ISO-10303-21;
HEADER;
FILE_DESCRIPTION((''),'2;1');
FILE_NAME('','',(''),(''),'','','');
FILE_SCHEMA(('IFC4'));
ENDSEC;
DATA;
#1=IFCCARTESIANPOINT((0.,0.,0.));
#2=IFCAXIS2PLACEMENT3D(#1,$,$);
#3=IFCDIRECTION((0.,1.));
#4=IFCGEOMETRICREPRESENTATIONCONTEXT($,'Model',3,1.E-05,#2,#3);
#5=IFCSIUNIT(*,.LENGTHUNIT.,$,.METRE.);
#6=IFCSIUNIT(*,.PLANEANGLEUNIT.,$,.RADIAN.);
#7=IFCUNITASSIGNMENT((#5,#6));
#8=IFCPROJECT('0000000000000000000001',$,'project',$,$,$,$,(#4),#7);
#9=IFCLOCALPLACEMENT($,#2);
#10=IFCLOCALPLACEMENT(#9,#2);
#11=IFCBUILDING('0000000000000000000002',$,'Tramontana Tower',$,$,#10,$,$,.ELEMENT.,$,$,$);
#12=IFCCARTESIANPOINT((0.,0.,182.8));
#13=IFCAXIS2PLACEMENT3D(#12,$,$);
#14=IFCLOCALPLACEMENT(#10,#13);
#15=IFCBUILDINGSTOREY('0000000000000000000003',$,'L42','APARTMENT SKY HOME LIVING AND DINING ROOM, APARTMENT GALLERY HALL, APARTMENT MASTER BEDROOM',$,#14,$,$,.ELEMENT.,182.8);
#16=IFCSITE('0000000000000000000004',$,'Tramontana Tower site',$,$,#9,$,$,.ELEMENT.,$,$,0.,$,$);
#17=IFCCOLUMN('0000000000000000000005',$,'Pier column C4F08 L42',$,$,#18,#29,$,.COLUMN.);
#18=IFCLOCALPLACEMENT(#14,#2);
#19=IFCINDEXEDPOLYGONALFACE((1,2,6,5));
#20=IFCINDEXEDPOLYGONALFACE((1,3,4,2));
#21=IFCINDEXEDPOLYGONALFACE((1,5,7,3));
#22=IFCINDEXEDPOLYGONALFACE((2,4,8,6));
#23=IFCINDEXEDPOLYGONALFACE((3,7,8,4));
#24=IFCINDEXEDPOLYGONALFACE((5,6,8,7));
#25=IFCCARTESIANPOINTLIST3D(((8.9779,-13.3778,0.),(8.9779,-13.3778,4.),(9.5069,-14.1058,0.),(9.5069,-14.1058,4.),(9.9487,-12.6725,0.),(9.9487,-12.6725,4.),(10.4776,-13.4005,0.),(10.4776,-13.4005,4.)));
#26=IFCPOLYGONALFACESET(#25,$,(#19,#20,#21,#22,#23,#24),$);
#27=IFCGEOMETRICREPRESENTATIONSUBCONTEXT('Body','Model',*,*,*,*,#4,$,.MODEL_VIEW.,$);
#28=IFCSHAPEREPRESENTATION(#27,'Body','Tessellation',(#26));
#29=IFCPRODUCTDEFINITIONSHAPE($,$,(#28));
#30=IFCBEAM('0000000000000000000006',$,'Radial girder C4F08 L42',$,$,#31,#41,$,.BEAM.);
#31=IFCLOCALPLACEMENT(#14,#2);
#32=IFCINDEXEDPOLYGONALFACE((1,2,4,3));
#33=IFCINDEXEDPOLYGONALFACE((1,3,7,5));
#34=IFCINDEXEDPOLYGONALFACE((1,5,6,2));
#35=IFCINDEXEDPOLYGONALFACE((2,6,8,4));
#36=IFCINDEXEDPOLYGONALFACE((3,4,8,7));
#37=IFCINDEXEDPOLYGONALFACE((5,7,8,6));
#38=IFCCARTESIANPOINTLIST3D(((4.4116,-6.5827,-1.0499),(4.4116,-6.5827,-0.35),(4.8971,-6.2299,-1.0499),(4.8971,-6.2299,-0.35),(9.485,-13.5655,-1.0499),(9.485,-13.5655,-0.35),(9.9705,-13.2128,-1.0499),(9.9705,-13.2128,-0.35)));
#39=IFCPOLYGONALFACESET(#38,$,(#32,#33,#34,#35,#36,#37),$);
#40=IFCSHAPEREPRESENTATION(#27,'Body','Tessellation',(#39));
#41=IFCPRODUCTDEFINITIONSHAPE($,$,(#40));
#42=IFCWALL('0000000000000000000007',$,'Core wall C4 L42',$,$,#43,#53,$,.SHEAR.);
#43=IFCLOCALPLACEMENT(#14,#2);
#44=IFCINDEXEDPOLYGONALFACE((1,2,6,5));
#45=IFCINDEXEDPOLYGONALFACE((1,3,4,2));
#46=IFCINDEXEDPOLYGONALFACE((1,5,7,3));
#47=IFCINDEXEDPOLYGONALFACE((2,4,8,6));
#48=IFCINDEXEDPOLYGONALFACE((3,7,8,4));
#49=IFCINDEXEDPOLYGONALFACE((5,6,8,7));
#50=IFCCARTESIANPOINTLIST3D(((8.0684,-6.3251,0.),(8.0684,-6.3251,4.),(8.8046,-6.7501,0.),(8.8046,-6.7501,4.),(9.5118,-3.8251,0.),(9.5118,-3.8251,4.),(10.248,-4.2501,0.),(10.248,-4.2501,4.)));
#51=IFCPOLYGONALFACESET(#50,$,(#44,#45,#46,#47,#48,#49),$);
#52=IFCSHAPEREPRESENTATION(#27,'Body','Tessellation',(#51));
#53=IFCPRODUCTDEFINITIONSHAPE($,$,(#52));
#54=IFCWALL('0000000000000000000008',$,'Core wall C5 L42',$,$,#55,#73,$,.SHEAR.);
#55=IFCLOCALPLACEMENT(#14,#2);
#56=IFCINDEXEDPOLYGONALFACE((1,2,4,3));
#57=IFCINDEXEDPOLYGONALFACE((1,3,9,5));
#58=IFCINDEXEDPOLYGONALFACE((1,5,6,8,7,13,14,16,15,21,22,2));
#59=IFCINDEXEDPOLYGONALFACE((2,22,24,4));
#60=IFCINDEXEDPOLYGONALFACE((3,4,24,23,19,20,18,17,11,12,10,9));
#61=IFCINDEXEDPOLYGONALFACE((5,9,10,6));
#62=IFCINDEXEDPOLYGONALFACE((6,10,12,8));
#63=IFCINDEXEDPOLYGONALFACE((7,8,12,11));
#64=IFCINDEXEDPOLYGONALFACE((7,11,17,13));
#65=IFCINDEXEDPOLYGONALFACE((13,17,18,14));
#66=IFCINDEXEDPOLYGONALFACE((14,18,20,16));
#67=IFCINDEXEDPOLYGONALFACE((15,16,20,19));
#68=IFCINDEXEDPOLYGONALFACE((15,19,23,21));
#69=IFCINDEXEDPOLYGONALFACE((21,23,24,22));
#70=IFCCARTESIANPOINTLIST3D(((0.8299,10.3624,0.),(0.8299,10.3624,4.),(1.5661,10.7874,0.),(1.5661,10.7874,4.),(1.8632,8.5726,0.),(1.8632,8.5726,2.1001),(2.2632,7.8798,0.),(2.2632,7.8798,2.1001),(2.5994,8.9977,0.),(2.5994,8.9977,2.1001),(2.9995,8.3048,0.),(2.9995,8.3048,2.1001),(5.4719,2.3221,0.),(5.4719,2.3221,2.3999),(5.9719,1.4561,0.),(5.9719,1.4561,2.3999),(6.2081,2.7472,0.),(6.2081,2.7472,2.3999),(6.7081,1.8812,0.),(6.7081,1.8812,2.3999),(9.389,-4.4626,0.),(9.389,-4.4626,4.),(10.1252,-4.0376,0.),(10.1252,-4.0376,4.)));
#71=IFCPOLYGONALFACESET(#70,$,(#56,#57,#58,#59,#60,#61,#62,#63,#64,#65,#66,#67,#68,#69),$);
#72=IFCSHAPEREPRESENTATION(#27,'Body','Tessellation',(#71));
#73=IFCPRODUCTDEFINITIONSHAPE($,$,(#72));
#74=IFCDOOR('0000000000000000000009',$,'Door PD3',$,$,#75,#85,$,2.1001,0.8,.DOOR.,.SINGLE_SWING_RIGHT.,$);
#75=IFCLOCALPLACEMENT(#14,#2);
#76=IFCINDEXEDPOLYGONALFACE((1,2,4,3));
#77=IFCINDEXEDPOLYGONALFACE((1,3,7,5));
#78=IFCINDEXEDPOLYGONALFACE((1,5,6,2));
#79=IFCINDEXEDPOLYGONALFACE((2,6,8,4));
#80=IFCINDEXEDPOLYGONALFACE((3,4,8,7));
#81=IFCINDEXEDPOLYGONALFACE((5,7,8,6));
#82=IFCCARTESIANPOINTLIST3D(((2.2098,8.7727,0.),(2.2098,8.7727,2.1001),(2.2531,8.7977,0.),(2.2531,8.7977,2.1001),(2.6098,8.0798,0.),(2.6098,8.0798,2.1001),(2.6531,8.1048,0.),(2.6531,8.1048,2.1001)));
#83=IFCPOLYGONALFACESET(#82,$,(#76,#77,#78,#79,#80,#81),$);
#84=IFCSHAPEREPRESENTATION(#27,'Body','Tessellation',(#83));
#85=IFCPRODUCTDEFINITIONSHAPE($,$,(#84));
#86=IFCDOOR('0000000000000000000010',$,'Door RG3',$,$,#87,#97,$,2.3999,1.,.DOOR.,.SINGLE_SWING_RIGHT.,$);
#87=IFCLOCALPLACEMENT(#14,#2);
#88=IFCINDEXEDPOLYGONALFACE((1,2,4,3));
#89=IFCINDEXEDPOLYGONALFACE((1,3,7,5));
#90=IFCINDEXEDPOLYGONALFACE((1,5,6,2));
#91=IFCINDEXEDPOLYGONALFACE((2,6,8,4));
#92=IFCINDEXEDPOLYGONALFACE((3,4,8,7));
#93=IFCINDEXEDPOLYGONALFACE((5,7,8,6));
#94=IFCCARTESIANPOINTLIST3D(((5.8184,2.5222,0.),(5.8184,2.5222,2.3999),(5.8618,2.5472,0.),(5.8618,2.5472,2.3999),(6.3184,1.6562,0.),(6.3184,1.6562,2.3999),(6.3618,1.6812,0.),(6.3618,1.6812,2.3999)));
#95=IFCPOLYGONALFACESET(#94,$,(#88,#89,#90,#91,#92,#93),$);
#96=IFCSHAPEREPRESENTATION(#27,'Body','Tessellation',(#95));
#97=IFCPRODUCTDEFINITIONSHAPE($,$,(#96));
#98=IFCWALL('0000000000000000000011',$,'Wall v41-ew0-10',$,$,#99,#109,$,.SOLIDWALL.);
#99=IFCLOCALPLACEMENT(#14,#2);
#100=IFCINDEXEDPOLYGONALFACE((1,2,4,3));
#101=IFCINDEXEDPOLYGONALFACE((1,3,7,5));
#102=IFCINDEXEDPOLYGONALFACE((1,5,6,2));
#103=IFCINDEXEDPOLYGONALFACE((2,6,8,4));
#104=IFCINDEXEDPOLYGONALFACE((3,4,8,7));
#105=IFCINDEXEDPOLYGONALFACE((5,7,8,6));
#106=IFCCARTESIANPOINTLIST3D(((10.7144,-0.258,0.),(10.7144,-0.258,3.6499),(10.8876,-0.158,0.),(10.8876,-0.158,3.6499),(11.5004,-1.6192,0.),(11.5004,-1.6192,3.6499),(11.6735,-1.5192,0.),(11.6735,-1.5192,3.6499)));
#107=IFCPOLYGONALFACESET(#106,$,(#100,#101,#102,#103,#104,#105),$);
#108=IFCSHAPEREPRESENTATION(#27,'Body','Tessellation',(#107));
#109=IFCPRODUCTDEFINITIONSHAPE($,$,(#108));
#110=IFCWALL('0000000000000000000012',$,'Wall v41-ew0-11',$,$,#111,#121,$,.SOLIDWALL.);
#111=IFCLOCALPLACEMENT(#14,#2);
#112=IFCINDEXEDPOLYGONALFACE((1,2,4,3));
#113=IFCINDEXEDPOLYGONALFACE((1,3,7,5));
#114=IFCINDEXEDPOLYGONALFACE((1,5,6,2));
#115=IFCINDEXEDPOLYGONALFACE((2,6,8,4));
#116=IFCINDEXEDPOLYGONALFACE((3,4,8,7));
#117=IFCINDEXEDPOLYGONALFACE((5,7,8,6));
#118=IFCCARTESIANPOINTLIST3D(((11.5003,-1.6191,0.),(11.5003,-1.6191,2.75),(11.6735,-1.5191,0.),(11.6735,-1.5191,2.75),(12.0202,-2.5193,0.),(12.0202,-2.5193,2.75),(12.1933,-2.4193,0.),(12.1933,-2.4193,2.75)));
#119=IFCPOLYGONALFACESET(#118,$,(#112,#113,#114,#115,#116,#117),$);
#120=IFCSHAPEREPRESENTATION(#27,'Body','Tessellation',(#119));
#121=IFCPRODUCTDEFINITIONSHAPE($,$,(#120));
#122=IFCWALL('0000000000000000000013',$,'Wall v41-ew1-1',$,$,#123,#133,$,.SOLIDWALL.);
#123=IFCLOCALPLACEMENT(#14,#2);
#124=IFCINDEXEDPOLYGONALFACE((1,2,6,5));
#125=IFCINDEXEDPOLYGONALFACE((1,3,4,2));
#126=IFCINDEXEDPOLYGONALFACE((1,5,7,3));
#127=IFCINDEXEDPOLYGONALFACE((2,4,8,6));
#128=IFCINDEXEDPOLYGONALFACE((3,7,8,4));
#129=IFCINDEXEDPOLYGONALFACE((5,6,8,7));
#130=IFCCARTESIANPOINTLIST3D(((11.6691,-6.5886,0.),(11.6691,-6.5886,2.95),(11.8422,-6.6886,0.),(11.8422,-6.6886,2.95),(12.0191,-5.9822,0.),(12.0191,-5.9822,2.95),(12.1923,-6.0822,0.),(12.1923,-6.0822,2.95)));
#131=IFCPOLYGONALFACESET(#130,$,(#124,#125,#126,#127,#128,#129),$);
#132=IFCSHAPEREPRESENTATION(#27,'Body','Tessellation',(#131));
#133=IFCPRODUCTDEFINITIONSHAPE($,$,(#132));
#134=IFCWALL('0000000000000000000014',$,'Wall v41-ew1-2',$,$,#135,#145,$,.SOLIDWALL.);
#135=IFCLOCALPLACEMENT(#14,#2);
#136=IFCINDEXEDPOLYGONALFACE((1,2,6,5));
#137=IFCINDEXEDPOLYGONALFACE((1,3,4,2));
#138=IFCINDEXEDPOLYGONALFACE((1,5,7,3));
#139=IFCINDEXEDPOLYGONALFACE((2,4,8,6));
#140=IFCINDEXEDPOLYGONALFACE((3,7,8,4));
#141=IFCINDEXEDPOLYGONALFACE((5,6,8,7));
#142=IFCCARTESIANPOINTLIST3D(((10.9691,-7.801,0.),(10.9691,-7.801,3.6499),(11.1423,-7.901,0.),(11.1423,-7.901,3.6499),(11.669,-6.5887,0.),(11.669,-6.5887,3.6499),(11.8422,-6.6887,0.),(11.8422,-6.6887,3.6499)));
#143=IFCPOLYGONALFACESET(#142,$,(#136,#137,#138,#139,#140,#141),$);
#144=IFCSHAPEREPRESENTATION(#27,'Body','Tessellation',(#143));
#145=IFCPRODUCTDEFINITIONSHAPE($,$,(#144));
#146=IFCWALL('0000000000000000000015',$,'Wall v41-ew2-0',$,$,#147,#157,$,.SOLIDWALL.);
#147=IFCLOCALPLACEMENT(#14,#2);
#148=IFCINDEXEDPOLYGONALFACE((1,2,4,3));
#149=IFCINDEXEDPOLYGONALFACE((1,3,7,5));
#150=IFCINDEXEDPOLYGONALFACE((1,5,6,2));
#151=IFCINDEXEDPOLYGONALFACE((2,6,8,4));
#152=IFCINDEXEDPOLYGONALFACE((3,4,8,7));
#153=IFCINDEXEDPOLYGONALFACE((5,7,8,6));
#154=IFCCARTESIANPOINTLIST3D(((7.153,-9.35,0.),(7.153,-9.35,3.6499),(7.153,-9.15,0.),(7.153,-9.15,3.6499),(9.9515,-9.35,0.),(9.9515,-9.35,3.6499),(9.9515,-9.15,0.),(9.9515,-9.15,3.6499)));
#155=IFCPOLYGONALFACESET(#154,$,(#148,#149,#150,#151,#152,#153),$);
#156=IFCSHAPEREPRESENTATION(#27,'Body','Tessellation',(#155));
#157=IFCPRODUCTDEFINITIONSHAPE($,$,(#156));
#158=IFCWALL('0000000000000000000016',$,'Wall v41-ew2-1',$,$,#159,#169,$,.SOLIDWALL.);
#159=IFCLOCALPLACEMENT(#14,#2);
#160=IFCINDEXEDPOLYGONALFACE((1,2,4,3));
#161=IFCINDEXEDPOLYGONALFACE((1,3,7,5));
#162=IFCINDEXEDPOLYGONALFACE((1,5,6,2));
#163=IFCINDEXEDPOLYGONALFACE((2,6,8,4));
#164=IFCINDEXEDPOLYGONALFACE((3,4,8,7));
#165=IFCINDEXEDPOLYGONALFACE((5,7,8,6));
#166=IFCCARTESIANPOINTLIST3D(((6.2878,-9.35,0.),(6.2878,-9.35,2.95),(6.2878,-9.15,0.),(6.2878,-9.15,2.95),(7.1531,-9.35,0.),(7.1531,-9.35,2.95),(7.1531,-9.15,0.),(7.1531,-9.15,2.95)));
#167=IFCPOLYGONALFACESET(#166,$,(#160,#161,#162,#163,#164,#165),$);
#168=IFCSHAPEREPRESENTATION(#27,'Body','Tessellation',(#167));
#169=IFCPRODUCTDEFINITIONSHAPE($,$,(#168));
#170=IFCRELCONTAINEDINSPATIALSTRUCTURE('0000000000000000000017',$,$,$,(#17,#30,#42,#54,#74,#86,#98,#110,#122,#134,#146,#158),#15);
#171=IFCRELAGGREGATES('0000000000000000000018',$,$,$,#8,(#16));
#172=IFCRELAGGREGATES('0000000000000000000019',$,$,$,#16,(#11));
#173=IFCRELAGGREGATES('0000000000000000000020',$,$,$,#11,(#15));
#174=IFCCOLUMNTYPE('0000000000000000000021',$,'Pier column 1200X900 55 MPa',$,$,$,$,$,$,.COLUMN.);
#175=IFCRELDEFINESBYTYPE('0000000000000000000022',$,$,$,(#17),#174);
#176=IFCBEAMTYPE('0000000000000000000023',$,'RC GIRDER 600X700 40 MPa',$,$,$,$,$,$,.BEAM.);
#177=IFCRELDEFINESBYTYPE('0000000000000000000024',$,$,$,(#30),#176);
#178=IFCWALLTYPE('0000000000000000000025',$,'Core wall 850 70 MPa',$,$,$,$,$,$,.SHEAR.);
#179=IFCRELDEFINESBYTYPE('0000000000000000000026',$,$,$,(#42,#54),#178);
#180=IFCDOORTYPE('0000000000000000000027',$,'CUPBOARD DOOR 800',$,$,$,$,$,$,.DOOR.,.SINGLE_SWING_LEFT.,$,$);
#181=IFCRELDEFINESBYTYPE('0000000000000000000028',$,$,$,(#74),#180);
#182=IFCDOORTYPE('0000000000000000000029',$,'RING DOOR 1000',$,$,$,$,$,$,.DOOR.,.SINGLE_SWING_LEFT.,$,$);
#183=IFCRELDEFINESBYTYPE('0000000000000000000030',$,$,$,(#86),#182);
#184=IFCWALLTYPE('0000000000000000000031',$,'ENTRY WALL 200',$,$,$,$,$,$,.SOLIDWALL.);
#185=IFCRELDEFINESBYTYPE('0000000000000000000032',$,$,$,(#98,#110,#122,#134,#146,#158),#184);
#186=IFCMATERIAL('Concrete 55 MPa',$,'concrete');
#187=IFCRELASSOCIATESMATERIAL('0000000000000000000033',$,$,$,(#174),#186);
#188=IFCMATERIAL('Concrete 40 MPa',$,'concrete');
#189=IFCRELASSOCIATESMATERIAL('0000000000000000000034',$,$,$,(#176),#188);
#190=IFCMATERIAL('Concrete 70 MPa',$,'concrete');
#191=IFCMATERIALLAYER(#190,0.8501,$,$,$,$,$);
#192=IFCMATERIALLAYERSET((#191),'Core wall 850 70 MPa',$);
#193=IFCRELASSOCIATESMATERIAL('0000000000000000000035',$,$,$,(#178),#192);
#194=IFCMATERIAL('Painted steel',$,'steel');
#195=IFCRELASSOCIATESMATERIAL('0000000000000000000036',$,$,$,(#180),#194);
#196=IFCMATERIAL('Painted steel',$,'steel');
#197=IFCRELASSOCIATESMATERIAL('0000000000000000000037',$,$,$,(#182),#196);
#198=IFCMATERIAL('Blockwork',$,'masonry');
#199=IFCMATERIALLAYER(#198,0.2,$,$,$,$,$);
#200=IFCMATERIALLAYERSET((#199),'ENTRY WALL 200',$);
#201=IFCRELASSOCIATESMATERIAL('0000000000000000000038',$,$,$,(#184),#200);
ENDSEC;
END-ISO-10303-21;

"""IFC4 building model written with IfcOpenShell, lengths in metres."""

from ifc_helpers import new_model, si_unit, direction, frame, frame_2d, origin, origin_2d, place, context, subcontext, project, spatial, rectangle, extrude, material, layer, layer_set, material_profile, profile_set, type_object, element, fill, save


model = new_model("IFC4")

# Units and contexts
model_context = context("Model", 3, precision=1e-05, world=origin(), true_north=direction((0.0, 1.0)))
body_context = subcontext(model_context, "Body", "Model", "MODEL_VIEW")
ifc_project = project(units=[si_unit("LENGTHUNIT", "METRE"), si_unit("PLANEANGLEUNIT", "RADIAN")], contexts=[model_context])

# Site, building, storey
site_placement = place(None, origin())
site = spatial("IfcSite", under=ifc_project, at=site_placement, Name="Tramontana Tower site", CompositionType="ELEMENT", RefElevation=0.0)
building_placement = place(site_placement, origin())
building = spatial("IfcBuilding", under=site, at=building_placement, Name="Tramontana Tower", CompositionType="ELEMENT")
storey_placement = place(building_placement, frame((0.0, 0.0, 182.8)))
storey = spatial("IfcBuildingStorey", under=building, at=storey_placement, Name="L42", Description="APARTMENT SKY HOME LIVING AND DINING ROOM, APARTMENT GALLERY HALL, APARTMENT MASTER BEDROOM", CompositionType="ELEMENT", Elevation=182.8)

# Column
ifc_material_1 = material(Name="Concrete 55 MPa", Category="concrete")
ifc_material_profile_1 = material_profile(ifc_material_1, rectangle(XDim=1.2, YDim=0.8999, at=origin_2d()), Name="Pier column 1200X900 55 MPa")
ifc_profile_set_1 = profile_set([ifc_material_profile_1], Name="Concrete 55 MPa")
column_type = type_object("IfcColumnType", Name="Pier column 1200X900 55 MPa", PredefinedType="COLUMN", material=ifc_profile_set_1)
column_placement = place(storey_placement, frame((9.7278, -13.3892, 0.0), z_axis=(0.0, 0.0, 1.0), x_axis=(0.809017, 0.587785, 0.0)))
element("IfcColumn", 1, at=column_placement, inside=storey, type_object=column_type, Name="Pier column C4F08 L42", PredefinedType="COLUMN", context=body_context, shape_type="SweptSolid", body=[
    extrude(rectangle(XDim=1.2, YDim=0.8999, at=origin_2d()), origin(), (0.0, 0.0, 1.0), 4.0),
])

# Beam
ifc_material_2 = material(Name="Concrete 40 MPa", Category="concrete")
ifc_material_profile_2 = material_profile(ifc_material_2, rectangle(XDim=0.6001, YDim=0.7, at=origin_2d()), Name="RC GIRDER 600X700 40 MPa")
ifc_profile_set_2 = profile_set([ifc_material_profile_2], Name="Concrete 40 MPa")
beam_type = type_object("IfcBeamType", Name="RC GIRDER 600X700 40 MPa", PredefinedType="BEAM", material=ifc_profile_set_2)
beam_placement = place(storey_placement, frame((9.7278, -13.3892, -0.7), z_axis=(-0.587793, 0.809011, 0.0), x_axis=(-0.809011, -0.587793, 0.0)))
element("IfcBeam", 2, at=beam_placement, inside=storey, type_object=beam_type, Name="Radial girder C4F08 L42", PredefinedType="BEAM", context=body_context, shape_type="SweptSolid", body=[
    extrude(rectangle(XDim=0.6001, YDim=0.7, at=origin_2d()), origin(), (0.0, 0.0, 1.0), 8.6313),
])

# Wall
ifc_material_3 = material(Name="Concrete 70 MPa", Category="concrete")
ifc_layer_1 = layer(ifc_material_3, 0.8501)
ifc_layer_set_1 = layer_set([ifc_layer_1], Name="Core wall 850 70 MPa")
wall_type_1 = type_object("IfcWallType", Name="Core wall 850 70 MPa", PredefinedType="SHEAR", material=ifc_layer_set_1)
wall_1_placement = place(storey_placement, frame((8.4365, -6.5376, 0.0), z_axis=(0.0, 0.0, 1.0), x_axis=(0.499996, 0.866028, 0.0)))
element("IfcWall", 3, at=wall_1_placement, inside=storey, type_object=wall_type_1, Name="Core wall C4 L42", PredefinedType="SHEAR", context=body_context, shape_type="SweptSolid", body=[
    extrude(rectangle(XDim=2.8867, YDim=0.8501, at=frame_2d((1.4434, 0.0))), origin(), (0.0, 0.0, 1.0), 4.0),
])

# Wall, openings, doors
wall_2_placement = place(storey_placement, frame((9.7571, -4.25, 0.0), z_axis=(0.0, 0.0, 1.0), x_axis=(-0.499995, 0.866028, 0.0)))
wall_2 = element("IfcWall", 4, at=wall_2_placement, inside=storey, type_object=wall_type_1, Name="Core wall C5 L42", PredefinedType="SHEAR", context=body_context, shape_type="SweptSolid", body=[
    extrude(rectangle(XDim=17.1184, YDim=0.8501, at=frame_2d((8.5591, 0.0))), origin(), (0.0, 0.0, 1.0), 4.0),
])
opening_1_placement = place(wall_2_placement, frame((6.8342, 0.0, 0.0)))
opening_1 = element("IfcOpeningElement", 5, at=opening_1_placement, cuts=wall_2, PredefinedType="OPENING", context=body_context, shape_type="SweptSolid", body=[
    extrude(rectangle(XDim=1.0, YDim=2.3999, at=frame_2d((0.5, 1.2))), frame((0.0, 0.4351, 0.0), z_axis=(0.0, -1.0, 0.0), x_axis=(1.0, 0.0, 0.0)), (0.0, 0.0, 1.0), 0.8701),
])
opening_2_placement = place(wall_2_placement, frame((14.2517, 0.0, 0.0)))
opening_2 = element("IfcOpeningElement", 6, at=opening_2_placement, cuts=wall_2, PredefinedType="OPENING", context=body_context, shape_type="SweptSolid", body=[
    extrude(rectangle(XDim=0.8, YDim=2.1001, at=frame_2d((0.3999, 1.05))), frame((0.0, 0.4351, 0.0), z_axis=(0.0, -1.0, 0.0), x_axis=(1.0, 0.0, 0.0)), (0.0, 0.0, 1.0), 0.8701),
])
ifc_material_4 = material(Name="Painted steel", Category="steel")
door_type_1 = type_object("IfcDoorType", Name="CUPBOARD DOOR 800", OperationType="SINGLE_SWING_LEFT", PredefinedType="DOOR", material=ifc_material_4)
door_1_placement = place(opening_2_placement, origin())
door_1 = element("IfcDoor", 7, at=door_1_placement, inside=storey, type_object=door_type_1, Name="Door PD3", OperationType="SINGLE_SWING_RIGHT", OverallHeight=2.1001, OverallWidth=0.8, PredefinedType="DOOR", context=body_context, shape_type="SweptSolid", body=[
    extrude(rectangle(XDim=0.8, YDim=2.1001, at=frame_2d((0.3999, 1.05))), frame((0.0, 0.0249, 0.0), z_axis=(0.0, -1.0, 0.0), x_axis=(1.0, 0.0, 0.0)), (0.0, 0.0, 1.0), 0.05),
])
fill(opening_2, door_1)
ifc_material_5 = material(Name="Painted steel", Category="steel")
door_type_2 = type_object("IfcDoorType", Name="RING DOOR 1000", OperationType="SINGLE_SWING_LEFT", PredefinedType="DOOR", material=ifc_material_5)
door_2_placement = place(opening_1_placement, origin())
door_2 = element("IfcDoor", 8, at=door_2_placement, inside=storey, type_object=door_type_2, Name="Door RG3", OperationType="SINGLE_SWING_RIGHT", OverallHeight=2.3999, OverallWidth=1.0, PredefinedType="DOOR", context=body_context, shape_type="SweptSolid", body=[
    extrude(rectangle(XDim=1.0, YDim=2.3999, at=frame_2d((0.5, 1.2))), frame((0.0, 0.0249, 0.0), z_axis=(0.0, -1.0, 0.0), x_axis=(1.0, 0.0, 0.0)), (0.0, 0.0, 1.0), 0.05),
])
fill(opening_1, door_2)

# Walls
ifc_material_6 = material(Name="Blockwork", Category="masonry")
ifc_layer_2 = layer(ifc_material_6, 0.2)
ifc_layer_set_2 = layer_set([ifc_layer_2], Name="ENTRY WALL 200")
wall_type_2 = type_object("IfcWallType", Name="ENTRY WALL 200", PredefinedType="SOLIDWALL", material=ifc_layer_set_2)
wall_3_placement = place(storey_placement, frame((10.801, -0.208, 0.0), z_axis=(0.0, 0.0, 1.0), x_axis=(0.500032, -0.866007, 0.0)))
element("IfcWall", 9, at=wall_3_placement, inside=storey, type_object=wall_type_2, Name="Wall v41-ew0-10", PredefinedType="SOLIDWALL", context=body_context, shape_type="SweptSolid", body=[
    extrude(rectangle(XDim=1.5718, YDim=0.2, at=frame_2d((0.7859, 0.0))), origin(), (0.0, 0.0, 1.0), 3.6499),
])
wall_4_placement = place(storey_placement, frame((11.5869, -1.5691, 0.0), z_axis=(0.0, 0.0, 1.0), x_axis=(0.500055, -0.865994, 0.0)))
element("IfcWall", 10, at=wall_4_placement, inside=storey, type_object=wall_type_2, Name="Wall v41-ew0-11", PredefinedType="SOLIDWALL", context=body_context, shape_type="SweptSolid", body=[
    extrude(rectangle(XDim=1.0396, YDim=0.2, at=frame_2d((0.5198, 0.0))), origin(), (0.0, 0.0, 1.0), 2.75),
])
wall_5_placement = place(storey_placement, frame((12.1057, -6.0322, 0.0), z_axis=(0.0, 0.0, 1.0), x_axis=(-0.499964, -0.866046, 0.0)))
element("IfcWall", 11, at=wall_5_placement, inside=storey, type_object=wall_type_2, Name="Wall v41-ew1-1", PredefinedType="SOLIDWALL", context=body_context, shape_type="SweptSolid", body=[
    extrude(rectangle(XDim=0.7002, YDim=0.2, at=frame_2d((0.3501, 0.0))), origin(), (0.0, 0.0, 1.0), 2.95),
])
wall_6_placement = place(storey_placement, frame((11.7556, -6.6387, 0.0), z_axis=(0.0, 0.0, 1.0), x_axis=(-0.499984, -0.866035, 0.0)))
element("IfcWall", 12, at=wall_6_placement, inside=storey, type_object=wall_type_2, Name="Wall v41-ew1-2", PredefinedType="SOLIDWALL", context=body_context, shape_type="SweptSolid", body=[
    extrude(rectangle(XDim=1.3999, YDim=0.2, at=frame_2d((0.7, 0.0))), origin(), (0.0, 0.0, 1.0), 3.6499),
])
wall_7_placement = place(storey_placement, frame((9.9517, -9.25, 0.0), z_axis=(0.0, 0.0, 1.0), x_axis=(-1.0, 0.0, 0.0)))
element("IfcWall", 13, at=wall_7_placement, inside=storey, type_object=wall_type_2, Name="Wall v41-ew2-0", PredefinedType="SOLIDWALL", context=body_context, shape_type="SweptSolid", body=[
    extrude(rectangle(XDim=2.7986, YDim=0.2, at=frame_2d((1.3994, 0.0))), origin(), (0.0, 0.0, 1.0), 3.6499),
])
wall_8_placement = place(storey_placement, frame((7.1531, -9.25, 0.0), z_axis=(0.0, 0.0, 1.0), x_axis=(-1.0, 0.0, 0.0)))
element("IfcWall", 14, at=wall_8_placement, inside=storey, type_object=wall_type_2, Name="Wall v41-ew2-1", PredefinedType="SOLIDWALL", context=body_context, shape_type="SweptSolid", body=[
    extrude(rectangle(XDim=0.8652, YDim=0.2, at=frame_2d((0.4326, 0.0))), origin(), (0.0, 0.0, 1.0), 2.95),
])

save(model, "model.ifc")
